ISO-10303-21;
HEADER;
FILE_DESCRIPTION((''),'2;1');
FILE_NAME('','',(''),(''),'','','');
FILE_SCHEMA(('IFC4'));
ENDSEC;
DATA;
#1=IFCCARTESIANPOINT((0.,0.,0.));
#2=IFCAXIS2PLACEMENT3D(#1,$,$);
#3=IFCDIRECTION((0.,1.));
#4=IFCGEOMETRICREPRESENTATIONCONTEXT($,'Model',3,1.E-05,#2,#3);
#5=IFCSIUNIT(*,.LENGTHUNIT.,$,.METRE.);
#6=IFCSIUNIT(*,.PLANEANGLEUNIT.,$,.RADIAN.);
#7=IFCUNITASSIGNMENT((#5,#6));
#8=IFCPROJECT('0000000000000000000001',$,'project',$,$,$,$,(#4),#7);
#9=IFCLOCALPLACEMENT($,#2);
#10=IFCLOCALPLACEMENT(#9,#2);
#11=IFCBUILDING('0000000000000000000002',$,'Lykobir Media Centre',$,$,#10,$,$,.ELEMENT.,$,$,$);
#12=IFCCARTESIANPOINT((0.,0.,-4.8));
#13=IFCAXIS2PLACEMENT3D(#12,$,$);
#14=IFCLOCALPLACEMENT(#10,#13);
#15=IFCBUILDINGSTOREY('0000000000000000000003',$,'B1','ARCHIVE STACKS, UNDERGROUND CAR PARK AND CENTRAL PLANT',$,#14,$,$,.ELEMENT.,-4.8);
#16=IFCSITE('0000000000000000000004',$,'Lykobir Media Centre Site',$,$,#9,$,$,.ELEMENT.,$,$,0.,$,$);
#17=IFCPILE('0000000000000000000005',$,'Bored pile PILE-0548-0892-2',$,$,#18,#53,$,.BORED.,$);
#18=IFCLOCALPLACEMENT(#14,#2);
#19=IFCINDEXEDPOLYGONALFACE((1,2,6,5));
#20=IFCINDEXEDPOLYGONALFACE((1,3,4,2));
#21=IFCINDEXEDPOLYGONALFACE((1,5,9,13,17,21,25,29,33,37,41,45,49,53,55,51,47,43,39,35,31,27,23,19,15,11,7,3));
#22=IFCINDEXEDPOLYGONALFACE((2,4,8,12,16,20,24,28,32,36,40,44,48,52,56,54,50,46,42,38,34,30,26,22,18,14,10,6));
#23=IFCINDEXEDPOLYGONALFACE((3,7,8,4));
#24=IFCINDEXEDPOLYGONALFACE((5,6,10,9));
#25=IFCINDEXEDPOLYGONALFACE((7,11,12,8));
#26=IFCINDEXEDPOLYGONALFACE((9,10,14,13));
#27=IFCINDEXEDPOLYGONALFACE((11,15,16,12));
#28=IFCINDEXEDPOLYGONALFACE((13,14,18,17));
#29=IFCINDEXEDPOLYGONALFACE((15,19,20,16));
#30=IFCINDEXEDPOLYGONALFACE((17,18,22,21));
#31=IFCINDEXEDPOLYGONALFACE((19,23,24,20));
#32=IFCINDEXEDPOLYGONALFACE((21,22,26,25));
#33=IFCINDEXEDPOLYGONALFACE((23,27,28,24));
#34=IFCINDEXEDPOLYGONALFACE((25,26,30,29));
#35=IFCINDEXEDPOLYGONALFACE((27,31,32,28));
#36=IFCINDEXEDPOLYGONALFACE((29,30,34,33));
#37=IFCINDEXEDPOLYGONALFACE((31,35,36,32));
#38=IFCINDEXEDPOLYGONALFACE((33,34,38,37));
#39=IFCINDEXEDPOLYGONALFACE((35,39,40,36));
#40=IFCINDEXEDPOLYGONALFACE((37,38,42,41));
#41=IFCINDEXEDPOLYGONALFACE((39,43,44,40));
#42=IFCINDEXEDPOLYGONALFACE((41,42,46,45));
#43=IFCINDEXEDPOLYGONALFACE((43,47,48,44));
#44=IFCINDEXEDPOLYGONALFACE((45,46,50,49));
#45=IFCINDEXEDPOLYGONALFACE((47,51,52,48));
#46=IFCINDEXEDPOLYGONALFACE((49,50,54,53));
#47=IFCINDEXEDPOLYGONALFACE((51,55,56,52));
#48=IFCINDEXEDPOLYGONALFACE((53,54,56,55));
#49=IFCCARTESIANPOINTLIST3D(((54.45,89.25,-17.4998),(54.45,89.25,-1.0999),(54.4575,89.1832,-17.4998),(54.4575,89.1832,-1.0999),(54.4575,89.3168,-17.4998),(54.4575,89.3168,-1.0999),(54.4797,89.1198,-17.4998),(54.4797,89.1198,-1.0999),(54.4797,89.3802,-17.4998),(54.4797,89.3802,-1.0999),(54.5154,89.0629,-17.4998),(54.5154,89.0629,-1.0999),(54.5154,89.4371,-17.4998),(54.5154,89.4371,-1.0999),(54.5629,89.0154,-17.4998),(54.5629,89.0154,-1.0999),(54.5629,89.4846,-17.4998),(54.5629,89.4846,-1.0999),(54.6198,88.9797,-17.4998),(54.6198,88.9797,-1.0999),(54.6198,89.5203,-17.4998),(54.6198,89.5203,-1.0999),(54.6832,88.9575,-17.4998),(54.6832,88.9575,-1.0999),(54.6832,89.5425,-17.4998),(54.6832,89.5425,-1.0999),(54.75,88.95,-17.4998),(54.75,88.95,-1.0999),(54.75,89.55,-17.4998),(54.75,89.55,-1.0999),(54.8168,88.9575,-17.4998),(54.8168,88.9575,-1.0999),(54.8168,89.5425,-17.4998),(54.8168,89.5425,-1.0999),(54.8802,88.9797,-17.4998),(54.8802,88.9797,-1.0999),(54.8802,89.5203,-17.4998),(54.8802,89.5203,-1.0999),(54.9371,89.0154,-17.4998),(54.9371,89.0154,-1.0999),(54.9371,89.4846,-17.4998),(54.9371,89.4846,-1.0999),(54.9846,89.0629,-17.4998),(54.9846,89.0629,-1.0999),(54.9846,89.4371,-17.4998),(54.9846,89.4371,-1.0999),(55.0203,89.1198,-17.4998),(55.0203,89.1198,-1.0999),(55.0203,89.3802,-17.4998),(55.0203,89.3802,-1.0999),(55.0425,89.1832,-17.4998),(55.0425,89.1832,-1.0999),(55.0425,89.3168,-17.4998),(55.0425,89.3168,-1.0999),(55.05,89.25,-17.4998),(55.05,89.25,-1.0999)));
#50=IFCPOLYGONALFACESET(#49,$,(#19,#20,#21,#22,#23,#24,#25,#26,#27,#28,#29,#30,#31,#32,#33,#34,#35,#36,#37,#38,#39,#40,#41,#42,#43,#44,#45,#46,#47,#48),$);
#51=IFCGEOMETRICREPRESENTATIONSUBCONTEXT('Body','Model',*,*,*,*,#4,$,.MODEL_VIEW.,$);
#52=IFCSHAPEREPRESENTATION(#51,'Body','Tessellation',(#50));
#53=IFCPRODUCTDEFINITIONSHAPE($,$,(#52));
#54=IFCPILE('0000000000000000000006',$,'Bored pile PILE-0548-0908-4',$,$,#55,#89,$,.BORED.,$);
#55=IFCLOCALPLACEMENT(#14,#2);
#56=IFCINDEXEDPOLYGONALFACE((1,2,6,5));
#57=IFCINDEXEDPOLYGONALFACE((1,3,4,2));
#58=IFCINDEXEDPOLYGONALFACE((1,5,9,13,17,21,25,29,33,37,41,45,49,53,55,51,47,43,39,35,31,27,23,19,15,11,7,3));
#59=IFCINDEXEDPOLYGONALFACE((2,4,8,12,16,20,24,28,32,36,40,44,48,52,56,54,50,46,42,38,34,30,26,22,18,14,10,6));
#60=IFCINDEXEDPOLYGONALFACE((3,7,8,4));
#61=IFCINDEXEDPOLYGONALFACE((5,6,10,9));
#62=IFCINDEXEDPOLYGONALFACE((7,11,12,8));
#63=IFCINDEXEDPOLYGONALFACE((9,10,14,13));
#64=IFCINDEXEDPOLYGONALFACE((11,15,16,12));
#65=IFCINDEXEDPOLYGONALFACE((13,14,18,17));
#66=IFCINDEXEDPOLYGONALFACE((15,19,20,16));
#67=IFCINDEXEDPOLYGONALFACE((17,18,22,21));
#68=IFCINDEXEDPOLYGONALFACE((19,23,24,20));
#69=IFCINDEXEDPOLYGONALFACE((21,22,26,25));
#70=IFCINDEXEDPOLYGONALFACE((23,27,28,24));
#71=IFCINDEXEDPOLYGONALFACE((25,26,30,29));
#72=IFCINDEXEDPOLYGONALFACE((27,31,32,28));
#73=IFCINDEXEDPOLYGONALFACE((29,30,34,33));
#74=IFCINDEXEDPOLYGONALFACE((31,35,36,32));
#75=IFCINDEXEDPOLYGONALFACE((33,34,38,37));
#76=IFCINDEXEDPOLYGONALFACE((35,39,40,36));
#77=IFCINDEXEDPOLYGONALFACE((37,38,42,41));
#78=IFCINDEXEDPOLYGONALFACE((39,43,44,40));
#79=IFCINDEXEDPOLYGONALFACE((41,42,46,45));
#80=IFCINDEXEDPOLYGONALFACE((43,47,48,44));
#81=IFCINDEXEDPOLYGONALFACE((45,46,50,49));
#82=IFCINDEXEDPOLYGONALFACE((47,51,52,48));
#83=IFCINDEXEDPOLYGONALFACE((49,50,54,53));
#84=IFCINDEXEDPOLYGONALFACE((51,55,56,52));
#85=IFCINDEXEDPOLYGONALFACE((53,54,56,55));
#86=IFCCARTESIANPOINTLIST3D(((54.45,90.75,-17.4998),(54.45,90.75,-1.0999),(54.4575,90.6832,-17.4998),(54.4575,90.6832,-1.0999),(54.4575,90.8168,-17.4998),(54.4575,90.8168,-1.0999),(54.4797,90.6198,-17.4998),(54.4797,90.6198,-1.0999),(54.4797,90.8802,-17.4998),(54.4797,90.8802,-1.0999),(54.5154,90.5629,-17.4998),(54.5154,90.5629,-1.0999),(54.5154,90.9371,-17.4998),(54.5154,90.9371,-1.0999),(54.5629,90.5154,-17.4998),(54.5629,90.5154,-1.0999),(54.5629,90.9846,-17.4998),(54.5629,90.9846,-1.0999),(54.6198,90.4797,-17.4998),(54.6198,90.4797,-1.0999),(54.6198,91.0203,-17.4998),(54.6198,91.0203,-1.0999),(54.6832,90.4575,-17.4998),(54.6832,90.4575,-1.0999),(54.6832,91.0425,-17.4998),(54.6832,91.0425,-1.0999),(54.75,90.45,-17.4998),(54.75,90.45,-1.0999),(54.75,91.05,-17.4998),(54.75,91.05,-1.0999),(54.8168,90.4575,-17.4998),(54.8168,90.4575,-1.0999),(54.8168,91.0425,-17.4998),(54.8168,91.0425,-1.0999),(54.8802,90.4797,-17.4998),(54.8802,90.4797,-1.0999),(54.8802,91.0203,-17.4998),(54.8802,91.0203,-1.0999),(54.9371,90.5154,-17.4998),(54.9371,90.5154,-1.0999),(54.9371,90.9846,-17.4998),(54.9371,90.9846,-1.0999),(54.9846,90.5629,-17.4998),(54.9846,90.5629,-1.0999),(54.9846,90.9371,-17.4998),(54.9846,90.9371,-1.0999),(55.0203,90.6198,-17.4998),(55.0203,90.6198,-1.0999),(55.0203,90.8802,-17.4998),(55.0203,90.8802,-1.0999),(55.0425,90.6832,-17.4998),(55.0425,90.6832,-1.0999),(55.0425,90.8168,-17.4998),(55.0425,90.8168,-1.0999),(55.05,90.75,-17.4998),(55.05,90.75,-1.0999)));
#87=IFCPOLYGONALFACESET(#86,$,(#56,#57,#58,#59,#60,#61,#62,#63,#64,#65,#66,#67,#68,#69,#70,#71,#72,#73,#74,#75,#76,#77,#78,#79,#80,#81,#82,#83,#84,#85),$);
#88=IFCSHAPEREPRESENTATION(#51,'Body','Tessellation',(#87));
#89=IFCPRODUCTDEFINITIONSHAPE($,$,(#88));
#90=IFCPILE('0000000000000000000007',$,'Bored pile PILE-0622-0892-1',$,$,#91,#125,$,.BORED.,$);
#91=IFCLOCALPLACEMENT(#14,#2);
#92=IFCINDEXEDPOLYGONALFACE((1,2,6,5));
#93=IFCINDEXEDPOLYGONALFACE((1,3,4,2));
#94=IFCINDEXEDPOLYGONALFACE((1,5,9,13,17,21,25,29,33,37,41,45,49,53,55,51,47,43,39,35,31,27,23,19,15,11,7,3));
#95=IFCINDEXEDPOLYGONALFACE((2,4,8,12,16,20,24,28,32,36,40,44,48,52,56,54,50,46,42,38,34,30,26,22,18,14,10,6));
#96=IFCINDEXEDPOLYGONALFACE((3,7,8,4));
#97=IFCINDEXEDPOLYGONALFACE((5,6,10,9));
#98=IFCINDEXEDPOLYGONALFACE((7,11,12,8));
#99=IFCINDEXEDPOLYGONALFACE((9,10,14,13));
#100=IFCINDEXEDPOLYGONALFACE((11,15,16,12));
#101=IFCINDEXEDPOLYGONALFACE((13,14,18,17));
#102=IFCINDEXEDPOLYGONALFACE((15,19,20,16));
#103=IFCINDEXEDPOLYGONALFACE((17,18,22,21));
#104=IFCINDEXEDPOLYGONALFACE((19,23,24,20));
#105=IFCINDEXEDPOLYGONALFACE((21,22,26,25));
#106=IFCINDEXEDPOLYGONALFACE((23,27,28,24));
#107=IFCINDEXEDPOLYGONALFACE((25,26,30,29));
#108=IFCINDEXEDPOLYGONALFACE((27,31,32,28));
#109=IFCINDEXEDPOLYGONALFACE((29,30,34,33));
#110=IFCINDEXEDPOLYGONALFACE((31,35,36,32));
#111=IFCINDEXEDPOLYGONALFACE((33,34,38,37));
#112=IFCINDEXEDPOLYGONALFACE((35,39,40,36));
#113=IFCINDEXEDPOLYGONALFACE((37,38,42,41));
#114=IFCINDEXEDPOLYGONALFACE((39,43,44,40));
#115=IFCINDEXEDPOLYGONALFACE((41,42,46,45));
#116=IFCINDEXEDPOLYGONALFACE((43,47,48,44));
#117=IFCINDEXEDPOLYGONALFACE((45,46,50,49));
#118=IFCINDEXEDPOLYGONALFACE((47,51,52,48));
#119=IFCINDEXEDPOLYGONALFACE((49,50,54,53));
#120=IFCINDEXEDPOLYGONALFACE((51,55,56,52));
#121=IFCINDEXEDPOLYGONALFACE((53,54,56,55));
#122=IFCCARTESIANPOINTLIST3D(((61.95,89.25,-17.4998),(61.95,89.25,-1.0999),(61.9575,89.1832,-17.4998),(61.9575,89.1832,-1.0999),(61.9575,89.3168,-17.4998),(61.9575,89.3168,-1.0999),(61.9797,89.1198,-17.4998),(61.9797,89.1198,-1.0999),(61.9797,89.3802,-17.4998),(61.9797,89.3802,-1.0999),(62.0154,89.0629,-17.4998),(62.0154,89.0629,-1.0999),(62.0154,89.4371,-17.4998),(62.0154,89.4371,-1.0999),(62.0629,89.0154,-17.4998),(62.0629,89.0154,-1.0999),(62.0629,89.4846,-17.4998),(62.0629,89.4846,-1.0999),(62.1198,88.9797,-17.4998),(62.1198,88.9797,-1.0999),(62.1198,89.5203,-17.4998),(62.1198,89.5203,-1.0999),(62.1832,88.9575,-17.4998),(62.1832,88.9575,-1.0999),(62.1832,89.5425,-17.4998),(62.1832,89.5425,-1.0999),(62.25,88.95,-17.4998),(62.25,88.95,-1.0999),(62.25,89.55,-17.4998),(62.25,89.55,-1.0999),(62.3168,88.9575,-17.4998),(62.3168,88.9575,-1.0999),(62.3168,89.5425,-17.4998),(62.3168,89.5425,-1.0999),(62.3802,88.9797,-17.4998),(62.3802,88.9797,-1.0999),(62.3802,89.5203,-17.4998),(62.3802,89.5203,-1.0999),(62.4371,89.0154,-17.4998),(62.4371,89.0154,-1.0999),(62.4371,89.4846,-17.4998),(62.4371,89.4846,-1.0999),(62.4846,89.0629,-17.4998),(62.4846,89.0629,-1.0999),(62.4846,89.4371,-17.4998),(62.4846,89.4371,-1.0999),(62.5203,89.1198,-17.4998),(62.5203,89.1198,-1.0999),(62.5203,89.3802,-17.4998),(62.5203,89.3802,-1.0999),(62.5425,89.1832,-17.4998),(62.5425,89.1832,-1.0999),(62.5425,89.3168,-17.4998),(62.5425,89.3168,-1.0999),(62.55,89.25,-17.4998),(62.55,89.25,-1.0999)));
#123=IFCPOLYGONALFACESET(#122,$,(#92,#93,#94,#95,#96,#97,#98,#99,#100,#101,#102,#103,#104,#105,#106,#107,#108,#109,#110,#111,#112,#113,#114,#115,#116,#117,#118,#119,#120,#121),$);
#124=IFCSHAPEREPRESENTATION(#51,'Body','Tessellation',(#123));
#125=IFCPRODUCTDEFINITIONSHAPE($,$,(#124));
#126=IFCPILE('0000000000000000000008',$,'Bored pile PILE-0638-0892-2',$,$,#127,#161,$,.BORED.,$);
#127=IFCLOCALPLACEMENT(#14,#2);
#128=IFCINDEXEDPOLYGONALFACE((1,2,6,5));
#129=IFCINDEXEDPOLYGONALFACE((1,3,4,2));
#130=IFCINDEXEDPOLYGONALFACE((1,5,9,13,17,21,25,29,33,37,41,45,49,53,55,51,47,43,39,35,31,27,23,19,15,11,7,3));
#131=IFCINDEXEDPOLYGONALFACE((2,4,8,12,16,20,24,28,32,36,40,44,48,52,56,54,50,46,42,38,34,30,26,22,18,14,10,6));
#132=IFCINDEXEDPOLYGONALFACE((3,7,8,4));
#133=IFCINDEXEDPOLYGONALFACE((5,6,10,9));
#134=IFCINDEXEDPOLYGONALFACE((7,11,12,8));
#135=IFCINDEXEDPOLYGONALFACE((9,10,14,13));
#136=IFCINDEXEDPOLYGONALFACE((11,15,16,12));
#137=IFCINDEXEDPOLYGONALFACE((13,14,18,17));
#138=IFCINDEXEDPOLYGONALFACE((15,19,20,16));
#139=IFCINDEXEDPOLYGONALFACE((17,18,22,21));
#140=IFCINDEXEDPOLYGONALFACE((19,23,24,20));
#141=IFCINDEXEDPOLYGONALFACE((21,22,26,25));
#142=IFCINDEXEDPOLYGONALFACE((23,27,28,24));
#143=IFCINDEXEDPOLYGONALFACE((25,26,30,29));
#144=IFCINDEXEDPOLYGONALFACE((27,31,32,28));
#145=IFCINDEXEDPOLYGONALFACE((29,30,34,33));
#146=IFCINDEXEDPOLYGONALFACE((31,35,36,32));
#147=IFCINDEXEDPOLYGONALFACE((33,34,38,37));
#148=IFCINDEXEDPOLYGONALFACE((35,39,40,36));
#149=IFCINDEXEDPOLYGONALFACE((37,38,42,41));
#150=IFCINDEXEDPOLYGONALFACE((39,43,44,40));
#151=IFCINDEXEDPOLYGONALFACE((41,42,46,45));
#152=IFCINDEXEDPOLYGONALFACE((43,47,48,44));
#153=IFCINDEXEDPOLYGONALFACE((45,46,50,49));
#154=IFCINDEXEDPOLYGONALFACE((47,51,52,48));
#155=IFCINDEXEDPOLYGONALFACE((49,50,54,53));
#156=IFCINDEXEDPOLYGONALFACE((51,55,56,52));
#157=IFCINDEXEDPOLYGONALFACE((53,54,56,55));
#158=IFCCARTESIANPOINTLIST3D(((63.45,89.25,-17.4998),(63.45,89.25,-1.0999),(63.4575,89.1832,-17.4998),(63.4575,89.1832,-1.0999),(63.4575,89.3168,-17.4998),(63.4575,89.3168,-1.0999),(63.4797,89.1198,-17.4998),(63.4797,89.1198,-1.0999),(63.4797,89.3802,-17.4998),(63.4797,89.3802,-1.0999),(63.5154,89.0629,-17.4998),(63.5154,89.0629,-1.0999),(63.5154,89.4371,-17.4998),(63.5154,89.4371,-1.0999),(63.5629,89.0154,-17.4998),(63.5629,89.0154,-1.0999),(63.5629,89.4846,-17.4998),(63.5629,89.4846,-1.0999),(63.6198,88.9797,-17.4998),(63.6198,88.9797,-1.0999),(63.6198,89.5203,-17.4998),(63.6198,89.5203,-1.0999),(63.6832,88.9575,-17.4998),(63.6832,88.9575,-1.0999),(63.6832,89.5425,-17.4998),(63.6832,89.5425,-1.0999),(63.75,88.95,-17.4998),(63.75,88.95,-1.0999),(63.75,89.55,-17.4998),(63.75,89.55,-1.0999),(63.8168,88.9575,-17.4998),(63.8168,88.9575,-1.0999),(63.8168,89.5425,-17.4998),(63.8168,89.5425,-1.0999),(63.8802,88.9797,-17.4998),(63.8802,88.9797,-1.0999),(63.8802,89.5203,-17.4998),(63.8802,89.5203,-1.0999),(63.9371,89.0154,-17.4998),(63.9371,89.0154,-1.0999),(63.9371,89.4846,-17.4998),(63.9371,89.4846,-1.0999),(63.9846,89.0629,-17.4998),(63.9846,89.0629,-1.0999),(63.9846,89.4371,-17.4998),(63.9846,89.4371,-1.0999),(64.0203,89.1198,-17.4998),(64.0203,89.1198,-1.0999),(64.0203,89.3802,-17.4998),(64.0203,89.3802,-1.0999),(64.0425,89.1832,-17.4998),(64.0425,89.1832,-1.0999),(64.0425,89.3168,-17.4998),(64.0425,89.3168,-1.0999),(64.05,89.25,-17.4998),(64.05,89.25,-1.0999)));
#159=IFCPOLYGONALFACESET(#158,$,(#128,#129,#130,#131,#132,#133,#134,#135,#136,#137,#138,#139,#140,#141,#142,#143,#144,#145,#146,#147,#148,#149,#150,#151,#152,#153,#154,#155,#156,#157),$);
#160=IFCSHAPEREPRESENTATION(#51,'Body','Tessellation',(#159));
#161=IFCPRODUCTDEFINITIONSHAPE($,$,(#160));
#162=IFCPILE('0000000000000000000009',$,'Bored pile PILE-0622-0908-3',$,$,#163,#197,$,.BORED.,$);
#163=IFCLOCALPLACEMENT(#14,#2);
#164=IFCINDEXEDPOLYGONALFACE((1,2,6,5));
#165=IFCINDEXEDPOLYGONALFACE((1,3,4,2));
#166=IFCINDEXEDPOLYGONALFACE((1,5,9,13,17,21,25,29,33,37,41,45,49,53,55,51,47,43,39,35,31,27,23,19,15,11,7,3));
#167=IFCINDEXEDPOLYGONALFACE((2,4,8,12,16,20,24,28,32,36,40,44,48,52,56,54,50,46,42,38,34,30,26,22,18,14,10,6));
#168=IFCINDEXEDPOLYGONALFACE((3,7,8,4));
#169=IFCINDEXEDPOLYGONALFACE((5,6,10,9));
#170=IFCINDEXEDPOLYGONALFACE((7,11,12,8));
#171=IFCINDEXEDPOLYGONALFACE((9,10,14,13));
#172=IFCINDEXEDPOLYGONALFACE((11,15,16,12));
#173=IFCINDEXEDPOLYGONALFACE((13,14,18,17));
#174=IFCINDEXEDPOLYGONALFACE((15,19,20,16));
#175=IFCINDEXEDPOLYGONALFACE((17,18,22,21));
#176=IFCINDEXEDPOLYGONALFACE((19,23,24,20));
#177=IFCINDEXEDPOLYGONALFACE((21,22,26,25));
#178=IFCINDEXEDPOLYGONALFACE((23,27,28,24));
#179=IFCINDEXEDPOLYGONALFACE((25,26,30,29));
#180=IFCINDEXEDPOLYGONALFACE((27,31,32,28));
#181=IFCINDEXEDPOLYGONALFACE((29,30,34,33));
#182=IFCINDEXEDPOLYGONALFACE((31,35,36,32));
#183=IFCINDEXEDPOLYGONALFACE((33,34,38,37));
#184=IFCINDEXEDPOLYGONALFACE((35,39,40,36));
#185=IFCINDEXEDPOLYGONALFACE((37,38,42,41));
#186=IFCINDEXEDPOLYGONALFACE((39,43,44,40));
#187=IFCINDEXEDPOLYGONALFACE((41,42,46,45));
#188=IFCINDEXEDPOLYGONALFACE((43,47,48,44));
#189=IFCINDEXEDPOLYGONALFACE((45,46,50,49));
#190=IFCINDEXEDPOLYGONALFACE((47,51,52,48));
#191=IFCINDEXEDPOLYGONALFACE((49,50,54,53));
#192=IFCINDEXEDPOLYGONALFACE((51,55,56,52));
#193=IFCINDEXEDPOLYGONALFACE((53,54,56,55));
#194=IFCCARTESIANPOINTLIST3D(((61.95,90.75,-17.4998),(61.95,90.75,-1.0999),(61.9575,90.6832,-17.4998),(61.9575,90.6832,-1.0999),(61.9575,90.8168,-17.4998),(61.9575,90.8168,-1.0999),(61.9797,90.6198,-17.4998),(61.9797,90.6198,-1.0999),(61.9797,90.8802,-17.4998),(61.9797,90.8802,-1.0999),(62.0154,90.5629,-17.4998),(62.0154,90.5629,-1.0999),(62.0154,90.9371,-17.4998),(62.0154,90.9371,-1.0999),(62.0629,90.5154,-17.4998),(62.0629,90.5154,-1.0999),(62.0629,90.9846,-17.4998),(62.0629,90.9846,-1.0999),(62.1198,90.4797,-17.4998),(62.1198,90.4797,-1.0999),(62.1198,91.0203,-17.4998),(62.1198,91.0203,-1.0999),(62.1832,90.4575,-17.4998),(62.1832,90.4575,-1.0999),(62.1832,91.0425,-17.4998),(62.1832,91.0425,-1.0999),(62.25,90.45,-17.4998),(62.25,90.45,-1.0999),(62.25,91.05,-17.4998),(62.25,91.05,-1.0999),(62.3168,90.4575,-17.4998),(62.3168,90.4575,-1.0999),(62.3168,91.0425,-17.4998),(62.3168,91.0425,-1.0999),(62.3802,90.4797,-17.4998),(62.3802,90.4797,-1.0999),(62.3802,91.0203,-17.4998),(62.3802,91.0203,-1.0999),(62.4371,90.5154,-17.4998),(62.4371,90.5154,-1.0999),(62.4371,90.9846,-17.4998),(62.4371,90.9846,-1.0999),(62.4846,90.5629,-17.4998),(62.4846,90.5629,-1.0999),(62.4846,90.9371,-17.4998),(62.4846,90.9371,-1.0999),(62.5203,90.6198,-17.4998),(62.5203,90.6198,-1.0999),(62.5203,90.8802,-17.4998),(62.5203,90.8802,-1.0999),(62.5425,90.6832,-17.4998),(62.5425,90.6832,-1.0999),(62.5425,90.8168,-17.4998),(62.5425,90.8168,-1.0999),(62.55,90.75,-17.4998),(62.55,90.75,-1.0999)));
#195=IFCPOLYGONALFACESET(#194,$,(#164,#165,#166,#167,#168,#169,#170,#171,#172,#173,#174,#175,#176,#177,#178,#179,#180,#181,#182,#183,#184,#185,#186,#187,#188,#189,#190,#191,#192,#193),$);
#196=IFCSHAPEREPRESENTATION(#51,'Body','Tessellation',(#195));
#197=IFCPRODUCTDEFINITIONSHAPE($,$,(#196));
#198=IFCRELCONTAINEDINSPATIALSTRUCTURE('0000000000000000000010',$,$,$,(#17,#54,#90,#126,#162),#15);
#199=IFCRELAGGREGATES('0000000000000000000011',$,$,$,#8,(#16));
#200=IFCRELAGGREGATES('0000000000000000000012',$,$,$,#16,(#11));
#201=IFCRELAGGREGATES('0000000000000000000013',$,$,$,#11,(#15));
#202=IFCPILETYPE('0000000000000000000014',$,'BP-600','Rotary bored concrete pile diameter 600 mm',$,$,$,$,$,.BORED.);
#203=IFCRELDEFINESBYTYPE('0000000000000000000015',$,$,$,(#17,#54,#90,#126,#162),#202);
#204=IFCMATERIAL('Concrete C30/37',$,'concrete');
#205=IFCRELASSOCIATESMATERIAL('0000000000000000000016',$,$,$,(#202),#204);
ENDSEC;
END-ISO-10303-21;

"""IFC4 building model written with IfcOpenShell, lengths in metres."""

from ifc_helpers import new_model, si_unit, direction, frame, origin, origin_2d, place, context, subcontext, project, spatial, circle, extrude, material, material_profile, profile_set, type_object, element, save


model = new_model("IFC4")

# Units and contexts
model_context = context("Model", 3, precision=1e-05, world=origin(), true_north=direction((0.0, 1.0)))
body_context = subcontext(model_context, "Body", "Model", "MODEL_VIEW")
ifc_project = project(units=[si_unit("LENGTHUNIT", "METRE"), si_unit("PLANEANGLEUNIT", "RADIAN")], contexts=[model_context])

# Site, building, storey
site_placement = place(None, origin())
site = spatial("IfcSite", under=ifc_project, at=site_placement, Name="Lykobir Media Centre Site", CompositionType="ELEMENT", RefElevation=0.0)
building_placement = place(site_placement, origin())
building = spatial("IfcBuilding", under=site, at=building_placement, Name="Lykobir Media Centre", CompositionType="ELEMENT")
storey_placement = place(building_placement, frame((0.0, 0.0, -4.8)))
storey = spatial("IfcBuildingStorey", under=building, at=storey_placement, Name="B1", Description="ARCHIVE STACKS, UNDERGROUND CAR PARK AND CENTRAL PLANT", CompositionType="ELEMENT", Elevation=-4.8)

# Piles
ifc_material_1 = material(Name="Concrete C30/37", Category="concrete")
ifc_material_profile_1 = material_profile(ifc_material_1, circle(Radius=0.3, at=origin_2d()), Name="BORED PILE D600")
ifc_profile_set_1 = profile_set([ifc_material_profile_1], Name="Concrete C30/37")
pile_type = type_object("IfcPileType", Name="BP-600", Description="Rotary bored concrete pile diameter 600 mm", PredefinedType="BORED", material=ifc_profile_set_1)
for number, where, z_axis, x_axis, name in (
    (1, (54.75, 89.25, -1.0999), (0.0, 0.0, -1.0), (1.0, 0.0, 0.0), "Bored pile PILE-0548-0892-2"),
    (2, (54.75, 90.75, -1.0999), (0.0, 0.0, -1.0), (1.0, 0.0, 0.0), "Bored pile PILE-0548-0908-4"),
    (3, (62.25, 89.25, -1.0999), (0.0, 0.0, -1.0), (1.0, 0.0, 0.0), "Bored pile PILE-0622-0892-1"),
    (4, (63.75, 89.25, -1.0999), (0.0, 0.0, -1.0), (1.0, 0.0, 0.0), "Bored pile PILE-0638-0892-2"),
    (5, (62.25, 90.75, -1.0999), (0.0, 0.0, -1.0), (1.0, 0.0, 0.0), "Bored pile PILE-0622-0908-3"),
):
    element("IfcPile", number, at=place(storey_placement, frame(where, z_axis=z_axis, x_axis=x_axis)), inside=storey, type_object=pile_type, Name=name, PredefinedType="BORED", context=body_context, shape_type="SweptSolid", body=[
        extrude(circle(Radius=0.3, at=origin_2d()), origin(), (0.0, 0.0, 1.0), 16.3999),
    ])

save(model, "model.ifc")
